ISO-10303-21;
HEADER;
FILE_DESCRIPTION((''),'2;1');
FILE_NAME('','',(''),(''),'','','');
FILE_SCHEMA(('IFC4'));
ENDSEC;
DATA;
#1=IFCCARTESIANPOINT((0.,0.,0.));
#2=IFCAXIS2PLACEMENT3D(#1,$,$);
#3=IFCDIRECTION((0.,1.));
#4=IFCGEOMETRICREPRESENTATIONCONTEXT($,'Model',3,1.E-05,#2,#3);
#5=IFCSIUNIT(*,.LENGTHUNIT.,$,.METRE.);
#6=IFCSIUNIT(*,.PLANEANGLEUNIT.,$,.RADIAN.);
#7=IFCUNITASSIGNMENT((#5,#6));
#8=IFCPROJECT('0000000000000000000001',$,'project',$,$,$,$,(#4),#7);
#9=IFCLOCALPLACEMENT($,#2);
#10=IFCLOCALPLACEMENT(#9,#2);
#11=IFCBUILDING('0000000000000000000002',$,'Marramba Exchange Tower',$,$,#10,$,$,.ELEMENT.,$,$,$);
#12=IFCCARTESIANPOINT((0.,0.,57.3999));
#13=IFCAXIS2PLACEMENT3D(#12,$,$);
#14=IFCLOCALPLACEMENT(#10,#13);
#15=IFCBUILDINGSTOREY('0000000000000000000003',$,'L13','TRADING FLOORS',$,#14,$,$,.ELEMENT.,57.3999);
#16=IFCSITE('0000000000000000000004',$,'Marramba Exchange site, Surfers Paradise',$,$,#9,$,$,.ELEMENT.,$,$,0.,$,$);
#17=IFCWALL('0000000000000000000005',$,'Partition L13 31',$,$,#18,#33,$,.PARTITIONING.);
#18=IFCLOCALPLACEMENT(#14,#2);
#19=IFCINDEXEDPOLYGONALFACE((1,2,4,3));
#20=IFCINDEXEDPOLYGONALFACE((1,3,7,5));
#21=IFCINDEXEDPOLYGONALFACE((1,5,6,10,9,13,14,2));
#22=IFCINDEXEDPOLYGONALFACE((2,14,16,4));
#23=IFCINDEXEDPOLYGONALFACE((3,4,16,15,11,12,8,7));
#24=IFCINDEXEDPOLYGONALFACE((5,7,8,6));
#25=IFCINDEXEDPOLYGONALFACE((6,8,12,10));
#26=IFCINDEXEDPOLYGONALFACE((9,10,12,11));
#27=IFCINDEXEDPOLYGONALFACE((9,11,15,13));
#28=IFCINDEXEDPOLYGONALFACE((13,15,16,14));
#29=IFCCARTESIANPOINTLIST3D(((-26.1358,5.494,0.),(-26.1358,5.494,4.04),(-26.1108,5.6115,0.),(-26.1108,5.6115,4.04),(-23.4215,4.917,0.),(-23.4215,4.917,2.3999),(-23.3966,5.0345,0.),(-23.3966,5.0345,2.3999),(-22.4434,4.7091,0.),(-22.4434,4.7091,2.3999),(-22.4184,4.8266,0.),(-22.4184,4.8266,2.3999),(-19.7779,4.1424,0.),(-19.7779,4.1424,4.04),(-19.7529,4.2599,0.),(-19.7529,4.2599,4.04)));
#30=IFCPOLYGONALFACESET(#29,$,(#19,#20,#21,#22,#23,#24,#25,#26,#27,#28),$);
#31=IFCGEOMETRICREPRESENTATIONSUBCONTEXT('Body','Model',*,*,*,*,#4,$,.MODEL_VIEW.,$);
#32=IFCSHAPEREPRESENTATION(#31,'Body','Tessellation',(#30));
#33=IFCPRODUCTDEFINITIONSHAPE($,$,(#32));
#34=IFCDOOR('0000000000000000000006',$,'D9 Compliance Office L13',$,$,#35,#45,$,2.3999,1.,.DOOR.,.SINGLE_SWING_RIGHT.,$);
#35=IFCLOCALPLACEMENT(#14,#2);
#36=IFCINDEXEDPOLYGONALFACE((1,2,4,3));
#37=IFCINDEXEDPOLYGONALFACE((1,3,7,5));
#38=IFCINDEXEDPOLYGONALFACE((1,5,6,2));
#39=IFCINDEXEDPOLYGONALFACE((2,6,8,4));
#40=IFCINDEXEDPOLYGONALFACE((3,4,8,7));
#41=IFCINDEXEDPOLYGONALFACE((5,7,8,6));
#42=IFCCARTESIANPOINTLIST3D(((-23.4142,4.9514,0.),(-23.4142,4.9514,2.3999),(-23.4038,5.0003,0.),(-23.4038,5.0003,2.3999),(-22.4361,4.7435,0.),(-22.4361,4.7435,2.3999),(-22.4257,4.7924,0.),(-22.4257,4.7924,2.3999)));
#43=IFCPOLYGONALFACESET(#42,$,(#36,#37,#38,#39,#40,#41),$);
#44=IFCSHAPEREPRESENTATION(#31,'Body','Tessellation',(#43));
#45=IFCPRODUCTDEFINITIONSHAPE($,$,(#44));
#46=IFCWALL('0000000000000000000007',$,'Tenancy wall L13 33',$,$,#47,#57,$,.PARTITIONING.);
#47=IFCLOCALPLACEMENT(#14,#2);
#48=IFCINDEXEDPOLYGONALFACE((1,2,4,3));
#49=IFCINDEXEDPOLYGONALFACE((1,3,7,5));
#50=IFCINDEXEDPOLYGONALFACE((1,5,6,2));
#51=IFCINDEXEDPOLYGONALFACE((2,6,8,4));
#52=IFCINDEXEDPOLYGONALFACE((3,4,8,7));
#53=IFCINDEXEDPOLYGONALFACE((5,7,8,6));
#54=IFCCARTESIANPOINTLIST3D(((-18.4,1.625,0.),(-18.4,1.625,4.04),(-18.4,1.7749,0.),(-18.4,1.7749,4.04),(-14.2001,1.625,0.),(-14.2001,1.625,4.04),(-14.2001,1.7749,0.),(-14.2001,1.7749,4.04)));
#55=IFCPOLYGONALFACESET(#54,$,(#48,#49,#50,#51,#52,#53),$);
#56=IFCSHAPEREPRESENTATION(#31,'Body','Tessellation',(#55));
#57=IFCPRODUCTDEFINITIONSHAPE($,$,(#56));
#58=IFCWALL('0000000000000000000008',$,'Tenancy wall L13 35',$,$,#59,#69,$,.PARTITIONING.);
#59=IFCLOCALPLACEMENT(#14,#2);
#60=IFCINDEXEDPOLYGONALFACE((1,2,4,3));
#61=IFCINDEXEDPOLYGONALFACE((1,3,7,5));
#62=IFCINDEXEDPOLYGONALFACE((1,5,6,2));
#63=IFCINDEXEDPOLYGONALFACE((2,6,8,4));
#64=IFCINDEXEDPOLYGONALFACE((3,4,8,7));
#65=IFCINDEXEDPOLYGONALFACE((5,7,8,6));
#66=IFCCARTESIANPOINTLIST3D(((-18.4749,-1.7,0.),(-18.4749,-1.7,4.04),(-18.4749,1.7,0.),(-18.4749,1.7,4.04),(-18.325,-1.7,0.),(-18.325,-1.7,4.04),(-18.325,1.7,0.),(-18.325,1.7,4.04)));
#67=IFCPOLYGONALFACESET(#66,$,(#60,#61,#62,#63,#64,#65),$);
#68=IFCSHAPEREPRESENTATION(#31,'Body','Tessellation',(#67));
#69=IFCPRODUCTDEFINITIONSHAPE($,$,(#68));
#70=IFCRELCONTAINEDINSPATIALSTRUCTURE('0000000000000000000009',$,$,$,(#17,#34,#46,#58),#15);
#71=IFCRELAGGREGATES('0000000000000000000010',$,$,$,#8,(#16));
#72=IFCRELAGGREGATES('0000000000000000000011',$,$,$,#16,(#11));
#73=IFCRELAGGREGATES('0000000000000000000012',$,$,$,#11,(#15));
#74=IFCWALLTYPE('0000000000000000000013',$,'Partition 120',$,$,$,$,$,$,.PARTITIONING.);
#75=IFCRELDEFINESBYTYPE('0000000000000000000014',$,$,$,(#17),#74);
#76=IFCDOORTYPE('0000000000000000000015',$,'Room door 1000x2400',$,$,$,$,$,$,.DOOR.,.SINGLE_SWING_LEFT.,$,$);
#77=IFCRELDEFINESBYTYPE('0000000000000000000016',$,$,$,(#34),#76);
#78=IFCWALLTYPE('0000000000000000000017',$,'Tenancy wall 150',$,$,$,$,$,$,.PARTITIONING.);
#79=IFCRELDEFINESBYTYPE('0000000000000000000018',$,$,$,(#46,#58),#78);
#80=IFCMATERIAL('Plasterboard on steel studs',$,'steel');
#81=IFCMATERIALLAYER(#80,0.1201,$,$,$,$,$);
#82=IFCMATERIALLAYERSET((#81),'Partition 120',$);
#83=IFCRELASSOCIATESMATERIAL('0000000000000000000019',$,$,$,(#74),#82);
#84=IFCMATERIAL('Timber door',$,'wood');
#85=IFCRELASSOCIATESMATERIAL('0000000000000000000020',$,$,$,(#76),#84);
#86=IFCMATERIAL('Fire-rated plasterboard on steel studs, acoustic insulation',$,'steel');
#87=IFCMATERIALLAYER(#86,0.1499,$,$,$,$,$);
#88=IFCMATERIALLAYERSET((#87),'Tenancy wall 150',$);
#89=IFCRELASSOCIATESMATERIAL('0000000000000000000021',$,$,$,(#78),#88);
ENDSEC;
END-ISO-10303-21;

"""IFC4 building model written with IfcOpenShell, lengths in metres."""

from ifc_helpers import new_model, si_unit, direction, frame, frame_2d, origin, place, context, subcontext, project, spatial, rectangle, extrude, material, layer, layer_set, type_object, element, fill, save


model = new_model("IFC4")

# Units and contexts
model_context = context("Model", 3, precision=1e-05, world=origin(), true_north=direction((0.0, 1.0)))
body_context = subcontext(model_context, "Body", "Model", "MODEL_VIEW")
ifc_project = project(units=[si_unit("LENGTHUNIT", "METRE"), si_unit("PLANEANGLEUNIT", "RADIAN")], contexts=[model_context])

# Site, building, storey
site_placement = place(None, origin())
site = spatial("IfcSite", under=ifc_project, at=site_placement, Name="Marramba Exchange site, Surfers Paradise", CompositionType="ELEMENT", RefElevation=0.0)
building_placement = place(site_placement, origin())
building = spatial("IfcBuilding", under=site, at=building_placement, Name="Marramba Exchange Tower", CompositionType="ELEMENT")
storey_placement = place(building_placement, frame((0.0, 0.0, 57.3999)))
storey = spatial("IfcBuildingStorey", under=building, at=storey_placement, Name="L13", Description="TRADING FLOORS", CompositionType="ELEMENT", Elevation=57.3999)

# Wall, opening, door
ifc_material_1 = material(Name="Plasterboard on steel studs", Category="steel")
ifc_layer_1 = layer(ifc_material_1, 0.1201)
ifc_layer_set_1 = layer_set([ifc_layer_1], Name="Partition 120")
wall_type_1 = type_object("IfcWallType", Name="Partition 120", PredefinedType="PARTITIONING", material=ifc_layer_set_1)
wall_1_placement = place(storey_placement, frame((-19.7654, 4.2012, 0.0), z_axis=(0.0, 0.0, 1.0), x_axis=(-0.978143, 0.207933, 0.0)))
wall_1 = element("IfcWall", 1, at=wall_1_placement, inside=storey, type_object=wall_type_1, Name="Partition L13 31", PredefinedType="PARTITIONING", context=body_context, shape_type="SweptSolid", body=[
    extrude(rectangle(XDim=6.5, YDim=0.1201, at=frame_2d((3.25, 0.0))), origin(), (0.0, 0.0, 1.0), 4.04),
])
opening_1_placement = place(wall_1_placement, frame((2.7251, 0.0, 0.0)))
opening_1 = element("IfcOpeningElement", 2, at=opening_1_placement, cuts=wall_1, PredefinedType="OPENING", context=body_context, shape_type="SweptSolid", body=[
    extrude(rectangle(XDim=1.0, YDim=2.3999, at=frame_2d((0.5, 1.2))), frame((0.0, 0.0701, 0.0), z_axis=(0.0, -1.0, 0.0), x_axis=(1.0, 0.0, 0.0)), (0.0, 0.0, 1.0), 0.1401),
])
ifc_material_2 = material(Name="Timber door", Category="wood")
door_type_1 = type_object("IfcDoorType", Name="Room door 1000x2400", OperationType="SINGLE_SWING_LEFT", PredefinedType="DOOR", material=ifc_material_2)
door_1_placement = place(opening_1_placement, origin())
door_1 = element("IfcDoor", 3, at=door_1_placement, inside=storey, type_object=door_type_1, Name="D9 Compliance Office L13", OperationType="SINGLE_SWING_RIGHT", OverallHeight=2.3999, OverallWidth=1.0, PredefinedType="DOOR", context=body_context, shape_type="SweptSolid", body=[
    extrude(rectangle(XDim=1.0, YDim=2.3999, at=frame_2d((0.5, 1.2))), frame((0.0, 0.0249, 0.0), z_axis=(0.0, -1.0, 0.0), x_axis=(1.0, 0.0, 0.0)), (0.0, 0.0, 1.0), 0.05),
])
fill(opening_1, door_1)

# Walls
ifc_material_3 = material(Name="Fire-rated plasterboard on steel studs, acoustic insulation", Category="steel")
ifc_layer_2 = layer(ifc_material_3, 0.1499)
ifc_layer_set_2 = layer_set([ifc_layer_2], Name="Tenancy wall 150")
wall_type_2 = type_object("IfcWallType", Name="Tenancy wall 150", PredefinedType="PARTITIONING", material=ifc_layer_set_2)
wall_2_placement = place(storey_placement, frame((-14.2, 1.7, 0.0), z_axis=(0.0, 0.0, 1.0), x_axis=(-1.0, 0.0, 0.0)))
element("IfcWall", 4, at=wall_2_placement, inside=storey, type_object=wall_type_2, Name="Tenancy wall L13 33", PredefinedType="PARTITIONING", context=body_context, shape_type="SweptSolid", body=[
    extrude(rectangle(XDim=4.2, YDim=0.1499, at=frame_2d((2.1001, 0.0))), origin(), (0.0, 0.0, 1.0), 4.04),
])
wall_3_placement = place(storey_placement, frame((-18.3999, 1.7, 0.0), z_axis=(0.0, 0.0, 1.0), x_axis=(0.0, -1.0, 0.0)))
element("IfcWall", 5, at=wall_3_placement, inside=storey, type_object=wall_type_2, Name="Tenancy wall L13 35", PredefinedType="PARTITIONING", context=body_context, shape_type="SweptSolid", body=[
    extrude(rectangle(XDim=3.3999, YDim=0.1499, at=frame_2d((1.7, 0.0))), origin(), (0.0, 0.0, 1.0), 4.04),
])

save(model, "model.ifc")
